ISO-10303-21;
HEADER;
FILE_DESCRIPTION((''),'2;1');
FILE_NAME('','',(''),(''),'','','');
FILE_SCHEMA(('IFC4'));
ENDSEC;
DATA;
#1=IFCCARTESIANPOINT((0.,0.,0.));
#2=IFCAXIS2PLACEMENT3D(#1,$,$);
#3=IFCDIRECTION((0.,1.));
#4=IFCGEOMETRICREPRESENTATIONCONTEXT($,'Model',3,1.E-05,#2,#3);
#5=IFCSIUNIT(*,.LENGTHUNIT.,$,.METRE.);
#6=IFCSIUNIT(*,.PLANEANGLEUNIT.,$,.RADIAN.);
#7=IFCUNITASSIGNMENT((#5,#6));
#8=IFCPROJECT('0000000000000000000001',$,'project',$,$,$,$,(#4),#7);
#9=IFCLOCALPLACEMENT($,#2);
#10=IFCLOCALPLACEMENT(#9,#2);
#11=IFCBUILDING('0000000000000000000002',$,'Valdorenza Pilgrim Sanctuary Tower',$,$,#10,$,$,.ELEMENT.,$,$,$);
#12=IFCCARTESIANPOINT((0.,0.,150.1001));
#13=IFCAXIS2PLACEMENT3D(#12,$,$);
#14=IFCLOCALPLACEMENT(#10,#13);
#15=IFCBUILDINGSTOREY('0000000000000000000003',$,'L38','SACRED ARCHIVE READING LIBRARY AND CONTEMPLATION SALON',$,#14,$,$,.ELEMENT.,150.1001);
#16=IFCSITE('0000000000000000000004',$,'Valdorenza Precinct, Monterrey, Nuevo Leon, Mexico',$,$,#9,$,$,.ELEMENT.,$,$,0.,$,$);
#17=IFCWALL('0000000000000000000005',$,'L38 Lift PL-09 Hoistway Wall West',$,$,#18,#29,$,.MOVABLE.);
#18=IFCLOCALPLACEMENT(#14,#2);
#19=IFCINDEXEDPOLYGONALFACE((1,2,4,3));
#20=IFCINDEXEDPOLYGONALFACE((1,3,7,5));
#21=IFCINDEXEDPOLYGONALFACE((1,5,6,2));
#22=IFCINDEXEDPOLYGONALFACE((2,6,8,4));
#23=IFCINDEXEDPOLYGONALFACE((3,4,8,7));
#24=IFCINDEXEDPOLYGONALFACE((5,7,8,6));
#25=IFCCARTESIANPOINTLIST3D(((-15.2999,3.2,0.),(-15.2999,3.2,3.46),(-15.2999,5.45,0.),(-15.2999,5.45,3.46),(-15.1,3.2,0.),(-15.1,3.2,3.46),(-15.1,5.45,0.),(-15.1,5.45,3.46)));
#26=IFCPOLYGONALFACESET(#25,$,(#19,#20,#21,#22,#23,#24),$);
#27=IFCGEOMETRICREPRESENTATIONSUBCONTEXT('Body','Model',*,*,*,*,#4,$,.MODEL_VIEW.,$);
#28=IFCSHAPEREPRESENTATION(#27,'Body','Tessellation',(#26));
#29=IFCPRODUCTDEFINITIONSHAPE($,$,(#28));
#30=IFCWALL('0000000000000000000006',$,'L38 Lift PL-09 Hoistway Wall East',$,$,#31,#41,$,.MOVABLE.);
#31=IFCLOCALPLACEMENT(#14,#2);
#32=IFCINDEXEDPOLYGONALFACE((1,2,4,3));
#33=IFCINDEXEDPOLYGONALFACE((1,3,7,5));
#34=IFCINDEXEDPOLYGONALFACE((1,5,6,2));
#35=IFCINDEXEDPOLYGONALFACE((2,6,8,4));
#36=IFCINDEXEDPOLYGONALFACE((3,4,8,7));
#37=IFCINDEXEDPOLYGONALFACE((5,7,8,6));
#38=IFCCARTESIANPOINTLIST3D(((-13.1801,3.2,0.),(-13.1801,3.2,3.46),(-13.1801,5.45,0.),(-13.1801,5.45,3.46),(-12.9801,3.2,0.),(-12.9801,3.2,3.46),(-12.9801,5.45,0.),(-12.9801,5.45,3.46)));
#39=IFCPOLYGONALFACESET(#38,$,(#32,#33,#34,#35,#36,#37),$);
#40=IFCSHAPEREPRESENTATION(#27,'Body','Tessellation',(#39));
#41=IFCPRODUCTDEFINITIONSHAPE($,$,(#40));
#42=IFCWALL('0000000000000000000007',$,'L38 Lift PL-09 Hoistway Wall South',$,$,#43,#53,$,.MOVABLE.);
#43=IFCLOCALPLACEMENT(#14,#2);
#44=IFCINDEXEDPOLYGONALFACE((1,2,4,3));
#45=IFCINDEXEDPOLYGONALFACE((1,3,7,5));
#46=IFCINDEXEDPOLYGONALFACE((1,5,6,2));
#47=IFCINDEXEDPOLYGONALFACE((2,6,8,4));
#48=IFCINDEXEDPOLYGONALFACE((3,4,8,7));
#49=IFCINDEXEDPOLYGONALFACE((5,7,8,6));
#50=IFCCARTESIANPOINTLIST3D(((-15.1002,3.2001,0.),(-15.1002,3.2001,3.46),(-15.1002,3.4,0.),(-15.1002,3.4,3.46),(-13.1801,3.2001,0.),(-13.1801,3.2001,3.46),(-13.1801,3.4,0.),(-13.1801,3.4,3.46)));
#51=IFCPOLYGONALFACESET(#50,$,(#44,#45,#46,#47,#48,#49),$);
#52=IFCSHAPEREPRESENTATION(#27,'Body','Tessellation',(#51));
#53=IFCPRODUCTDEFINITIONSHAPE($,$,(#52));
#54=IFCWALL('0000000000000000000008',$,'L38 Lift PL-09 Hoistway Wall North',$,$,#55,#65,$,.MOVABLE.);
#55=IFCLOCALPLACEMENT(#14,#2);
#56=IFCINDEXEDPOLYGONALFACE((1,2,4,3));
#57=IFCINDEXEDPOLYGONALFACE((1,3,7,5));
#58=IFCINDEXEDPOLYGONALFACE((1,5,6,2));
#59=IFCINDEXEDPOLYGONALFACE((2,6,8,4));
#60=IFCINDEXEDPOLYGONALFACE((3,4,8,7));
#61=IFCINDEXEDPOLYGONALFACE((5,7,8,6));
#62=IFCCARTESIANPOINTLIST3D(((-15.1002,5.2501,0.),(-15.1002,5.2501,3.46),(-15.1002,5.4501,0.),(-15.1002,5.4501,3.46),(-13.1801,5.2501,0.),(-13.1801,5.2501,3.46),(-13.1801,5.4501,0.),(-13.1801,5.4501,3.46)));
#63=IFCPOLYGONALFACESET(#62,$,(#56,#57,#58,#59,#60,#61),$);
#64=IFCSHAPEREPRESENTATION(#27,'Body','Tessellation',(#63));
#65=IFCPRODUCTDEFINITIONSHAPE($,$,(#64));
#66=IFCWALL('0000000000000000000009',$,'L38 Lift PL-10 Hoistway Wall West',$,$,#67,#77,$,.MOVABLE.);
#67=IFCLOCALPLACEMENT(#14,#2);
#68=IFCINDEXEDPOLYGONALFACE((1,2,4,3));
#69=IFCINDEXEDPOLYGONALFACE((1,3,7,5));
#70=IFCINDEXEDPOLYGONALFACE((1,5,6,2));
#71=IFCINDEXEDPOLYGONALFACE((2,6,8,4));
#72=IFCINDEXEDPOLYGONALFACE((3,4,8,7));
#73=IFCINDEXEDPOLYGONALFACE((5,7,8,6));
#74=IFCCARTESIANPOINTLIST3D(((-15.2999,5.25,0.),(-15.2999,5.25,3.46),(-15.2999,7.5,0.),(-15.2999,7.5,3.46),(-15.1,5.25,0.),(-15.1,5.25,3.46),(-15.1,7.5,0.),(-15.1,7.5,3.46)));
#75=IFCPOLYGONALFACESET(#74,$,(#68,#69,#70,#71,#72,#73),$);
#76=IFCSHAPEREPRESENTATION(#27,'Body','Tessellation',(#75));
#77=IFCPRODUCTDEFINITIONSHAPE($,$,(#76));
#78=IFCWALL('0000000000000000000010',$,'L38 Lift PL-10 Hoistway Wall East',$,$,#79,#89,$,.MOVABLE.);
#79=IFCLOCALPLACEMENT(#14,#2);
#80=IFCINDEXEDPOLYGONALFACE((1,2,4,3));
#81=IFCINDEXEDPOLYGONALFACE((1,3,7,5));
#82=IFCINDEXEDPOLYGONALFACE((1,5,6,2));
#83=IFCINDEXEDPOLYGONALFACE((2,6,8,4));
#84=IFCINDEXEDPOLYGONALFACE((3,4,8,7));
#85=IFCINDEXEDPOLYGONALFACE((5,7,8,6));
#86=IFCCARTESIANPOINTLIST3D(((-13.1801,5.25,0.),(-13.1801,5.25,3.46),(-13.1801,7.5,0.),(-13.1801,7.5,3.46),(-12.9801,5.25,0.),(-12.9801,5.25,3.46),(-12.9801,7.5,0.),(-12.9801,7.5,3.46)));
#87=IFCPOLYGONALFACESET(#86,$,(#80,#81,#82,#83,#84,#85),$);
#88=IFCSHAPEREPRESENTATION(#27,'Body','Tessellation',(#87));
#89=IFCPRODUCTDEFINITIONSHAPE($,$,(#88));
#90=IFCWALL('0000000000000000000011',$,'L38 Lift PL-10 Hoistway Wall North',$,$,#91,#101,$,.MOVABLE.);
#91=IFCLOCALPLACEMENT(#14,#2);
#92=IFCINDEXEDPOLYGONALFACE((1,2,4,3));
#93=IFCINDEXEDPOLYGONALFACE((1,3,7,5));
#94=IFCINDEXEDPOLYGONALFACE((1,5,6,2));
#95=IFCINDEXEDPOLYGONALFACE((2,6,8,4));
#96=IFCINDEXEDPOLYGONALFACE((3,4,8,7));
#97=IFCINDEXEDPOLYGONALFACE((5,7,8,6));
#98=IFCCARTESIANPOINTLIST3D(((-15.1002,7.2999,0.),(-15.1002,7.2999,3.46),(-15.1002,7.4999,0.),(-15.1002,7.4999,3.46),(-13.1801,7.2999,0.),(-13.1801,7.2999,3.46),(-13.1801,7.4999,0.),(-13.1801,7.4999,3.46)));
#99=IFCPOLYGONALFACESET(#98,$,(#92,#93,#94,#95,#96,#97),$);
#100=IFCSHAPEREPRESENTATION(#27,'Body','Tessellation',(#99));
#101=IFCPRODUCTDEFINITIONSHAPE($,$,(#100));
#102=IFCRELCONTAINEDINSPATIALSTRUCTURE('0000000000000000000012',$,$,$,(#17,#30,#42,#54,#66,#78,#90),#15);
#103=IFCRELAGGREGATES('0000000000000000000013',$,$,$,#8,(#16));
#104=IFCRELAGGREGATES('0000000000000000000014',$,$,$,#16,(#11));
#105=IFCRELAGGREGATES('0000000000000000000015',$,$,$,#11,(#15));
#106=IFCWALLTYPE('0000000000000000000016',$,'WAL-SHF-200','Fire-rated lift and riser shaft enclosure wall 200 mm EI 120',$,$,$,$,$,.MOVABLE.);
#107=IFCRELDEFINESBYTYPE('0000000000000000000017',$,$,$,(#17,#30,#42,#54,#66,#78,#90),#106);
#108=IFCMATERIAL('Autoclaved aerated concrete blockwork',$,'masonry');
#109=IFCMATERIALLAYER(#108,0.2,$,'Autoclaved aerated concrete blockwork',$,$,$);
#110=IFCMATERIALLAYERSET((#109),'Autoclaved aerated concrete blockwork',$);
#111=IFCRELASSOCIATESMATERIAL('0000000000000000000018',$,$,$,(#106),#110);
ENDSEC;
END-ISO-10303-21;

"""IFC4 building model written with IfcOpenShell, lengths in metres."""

from ifc_helpers import new_model, si_unit, direction, frame, frame_2d, origin, place, context, subcontext, project, spatial, rectangle, extrude, material, layer, layer_set, type_object, element, save


model = new_model("IFC4")

# Units and contexts
model_context = context("Model", 3, precision=1e-05, world=origin(), true_north=direction((0.0, 1.0)))
body_context = subcontext(model_context, "Body", "Model", "MODEL_VIEW")
ifc_project = project(units=[si_unit("LENGTHUNIT", "METRE"), si_unit("PLANEANGLEUNIT", "RADIAN")], contexts=[model_context])

# Site, building, storey
site_placement = place(None, origin())
site = spatial("IfcSite", under=ifc_project, at=site_placement, Name="Valdorenza Precinct, Monterrey, Nuevo Leon, Mexico", CompositionType="ELEMENT", RefElevation=0.0)
building_placement = place(site_placement, origin())
building = spatial("IfcBuilding", under=site, at=building_placement, Name="Valdorenza Pilgrim Sanctuary Tower", CompositionType="ELEMENT")
storey_placement = place(building_placement, frame((0.0, 0.0, 150.1001)))
storey = spatial("IfcBuildingStorey", under=building, at=storey_placement, Name="L38", Description="SACRED ARCHIVE READING LIBRARY AND CONTEMPLATION SALON", CompositionType="ELEMENT", Elevation=150.1001)

# Shared definitions
ifc_material_1 = material(Name="Autoclaved aerated concrete blockwork", Category="masonry")
ifc_layer_1 = layer(ifc_material_1, 0.2, Name="Autoclaved aerated concrete blockwork")
ifc_layer_set_1 = layer_set([ifc_layer_1], Name="Autoclaved aerated concrete blockwork")
wall_type_1 = type_object("IfcWallType", Name="WAL-SHF-200", Description="Fire-rated lift and riser shaft enclosure wall 200 mm EI 120", PredefinedType="MOVABLE", material=ifc_layer_set_1)

# Walls
for number, where, z_axis, x_axis, name in (
    (1, (-15.2, 3.2, 0.0), (0.0, 0.0, 1.0), (0.0, 1.0, 0.0), "L38 Lift PL-09 Hoistway Wall West"),
    (2, (-13.0801, 3.2, 0.0), (0.0, 0.0, 1.0), (0.0, 1.0, 0.0), "L38 Lift PL-09 Hoistway Wall East"),
):
    element("IfcWall", number, at=place(storey_placement, frame(where, z_axis=z_axis, x_axis=x_axis)), inside=storey, type_object=wall_type_1, Name=name, PredefinedType="MOVABLE", context=body_context, shape_type="SweptSolid", body=[
        extrude(rectangle(XDim=2.25, YDim=0.2, at=frame_2d((1.125, 0.0))), origin(), (0.0, 0.0, 1.0), 3.46),
    ])
for number, where, z_axis, x_axis, name in (
    (3, (-15.1001, 3.3, 0.0), (0.0, 0.0, 1.0), (1.0, 0.0, 0.0), "L38 Lift PL-09 Hoistway Wall South"),
    (4, (-15.1001, 5.3501, 0.0), (0.0, 0.0, 1.0), (1.0, 0.0, 0.0), "L38 Lift PL-09 Hoistway Wall North"),
):
    element("IfcWall", number, at=place(storey_placement, frame(where, z_axis=z_axis, x_axis=x_axis)), inside=storey, type_object=wall_type_1, Name=name, PredefinedType="MOVABLE", context=body_context, shape_type="SweptSolid", body=[
        extrude(rectangle(XDim=1.9202, YDim=0.2, at=frame_2d((0.96, 0.0))), origin(), (0.0, 0.0, 1.0), 3.46),
    ])
for number, where, z_axis, x_axis, name in (
    (5, (-15.2, 5.25, 0.0), (0.0, 0.0, 1.0), (0.0, 1.0, 0.0), "L38 Lift PL-10 Hoistway Wall West"),
    (6, (-13.0801, 5.25, 0.0), (0.0, 0.0, 1.0), (0.0, 1.0, 0.0), "L38 Lift PL-10 Hoistway Wall East"),
):
    element("IfcWall", number, at=place(storey_placement, frame(where, z_axis=z_axis, x_axis=x_axis)), inside=storey, type_object=wall_type_1, Name=name, PredefinedType="MOVABLE", context=body_context, shape_type="SweptSolid", body=[
        extrude(rectangle(XDim=2.25, YDim=0.2, at=frame_2d((1.125, 0.0))), origin(), (0.0, 0.0, 1.0), 3.46),
    ])
wall_1_placement = place(storey_placement, frame((-15.1001, 7.3999, 0.0), z_axis=(0.0, 0.0, 1.0), x_axis=(1.0, 0.0, 0.0)))
element("IfcWall", 7, at=wall_1_placement, inside=storey, type_object=wall_type_1, Name="L38 Lift PL-10 Hoistway Wall North", PredefinedType="MOVABLE", context=body_context, shape_type="SweptSolid", body=[
    extrude(rectangle(XDim=1.9202, YDim=0.2, at=frame_2d((0.96, 0.0))), origin(), (0.0, 0.0, 1.0), 3.46),
])

save(model, "model.ifc")
